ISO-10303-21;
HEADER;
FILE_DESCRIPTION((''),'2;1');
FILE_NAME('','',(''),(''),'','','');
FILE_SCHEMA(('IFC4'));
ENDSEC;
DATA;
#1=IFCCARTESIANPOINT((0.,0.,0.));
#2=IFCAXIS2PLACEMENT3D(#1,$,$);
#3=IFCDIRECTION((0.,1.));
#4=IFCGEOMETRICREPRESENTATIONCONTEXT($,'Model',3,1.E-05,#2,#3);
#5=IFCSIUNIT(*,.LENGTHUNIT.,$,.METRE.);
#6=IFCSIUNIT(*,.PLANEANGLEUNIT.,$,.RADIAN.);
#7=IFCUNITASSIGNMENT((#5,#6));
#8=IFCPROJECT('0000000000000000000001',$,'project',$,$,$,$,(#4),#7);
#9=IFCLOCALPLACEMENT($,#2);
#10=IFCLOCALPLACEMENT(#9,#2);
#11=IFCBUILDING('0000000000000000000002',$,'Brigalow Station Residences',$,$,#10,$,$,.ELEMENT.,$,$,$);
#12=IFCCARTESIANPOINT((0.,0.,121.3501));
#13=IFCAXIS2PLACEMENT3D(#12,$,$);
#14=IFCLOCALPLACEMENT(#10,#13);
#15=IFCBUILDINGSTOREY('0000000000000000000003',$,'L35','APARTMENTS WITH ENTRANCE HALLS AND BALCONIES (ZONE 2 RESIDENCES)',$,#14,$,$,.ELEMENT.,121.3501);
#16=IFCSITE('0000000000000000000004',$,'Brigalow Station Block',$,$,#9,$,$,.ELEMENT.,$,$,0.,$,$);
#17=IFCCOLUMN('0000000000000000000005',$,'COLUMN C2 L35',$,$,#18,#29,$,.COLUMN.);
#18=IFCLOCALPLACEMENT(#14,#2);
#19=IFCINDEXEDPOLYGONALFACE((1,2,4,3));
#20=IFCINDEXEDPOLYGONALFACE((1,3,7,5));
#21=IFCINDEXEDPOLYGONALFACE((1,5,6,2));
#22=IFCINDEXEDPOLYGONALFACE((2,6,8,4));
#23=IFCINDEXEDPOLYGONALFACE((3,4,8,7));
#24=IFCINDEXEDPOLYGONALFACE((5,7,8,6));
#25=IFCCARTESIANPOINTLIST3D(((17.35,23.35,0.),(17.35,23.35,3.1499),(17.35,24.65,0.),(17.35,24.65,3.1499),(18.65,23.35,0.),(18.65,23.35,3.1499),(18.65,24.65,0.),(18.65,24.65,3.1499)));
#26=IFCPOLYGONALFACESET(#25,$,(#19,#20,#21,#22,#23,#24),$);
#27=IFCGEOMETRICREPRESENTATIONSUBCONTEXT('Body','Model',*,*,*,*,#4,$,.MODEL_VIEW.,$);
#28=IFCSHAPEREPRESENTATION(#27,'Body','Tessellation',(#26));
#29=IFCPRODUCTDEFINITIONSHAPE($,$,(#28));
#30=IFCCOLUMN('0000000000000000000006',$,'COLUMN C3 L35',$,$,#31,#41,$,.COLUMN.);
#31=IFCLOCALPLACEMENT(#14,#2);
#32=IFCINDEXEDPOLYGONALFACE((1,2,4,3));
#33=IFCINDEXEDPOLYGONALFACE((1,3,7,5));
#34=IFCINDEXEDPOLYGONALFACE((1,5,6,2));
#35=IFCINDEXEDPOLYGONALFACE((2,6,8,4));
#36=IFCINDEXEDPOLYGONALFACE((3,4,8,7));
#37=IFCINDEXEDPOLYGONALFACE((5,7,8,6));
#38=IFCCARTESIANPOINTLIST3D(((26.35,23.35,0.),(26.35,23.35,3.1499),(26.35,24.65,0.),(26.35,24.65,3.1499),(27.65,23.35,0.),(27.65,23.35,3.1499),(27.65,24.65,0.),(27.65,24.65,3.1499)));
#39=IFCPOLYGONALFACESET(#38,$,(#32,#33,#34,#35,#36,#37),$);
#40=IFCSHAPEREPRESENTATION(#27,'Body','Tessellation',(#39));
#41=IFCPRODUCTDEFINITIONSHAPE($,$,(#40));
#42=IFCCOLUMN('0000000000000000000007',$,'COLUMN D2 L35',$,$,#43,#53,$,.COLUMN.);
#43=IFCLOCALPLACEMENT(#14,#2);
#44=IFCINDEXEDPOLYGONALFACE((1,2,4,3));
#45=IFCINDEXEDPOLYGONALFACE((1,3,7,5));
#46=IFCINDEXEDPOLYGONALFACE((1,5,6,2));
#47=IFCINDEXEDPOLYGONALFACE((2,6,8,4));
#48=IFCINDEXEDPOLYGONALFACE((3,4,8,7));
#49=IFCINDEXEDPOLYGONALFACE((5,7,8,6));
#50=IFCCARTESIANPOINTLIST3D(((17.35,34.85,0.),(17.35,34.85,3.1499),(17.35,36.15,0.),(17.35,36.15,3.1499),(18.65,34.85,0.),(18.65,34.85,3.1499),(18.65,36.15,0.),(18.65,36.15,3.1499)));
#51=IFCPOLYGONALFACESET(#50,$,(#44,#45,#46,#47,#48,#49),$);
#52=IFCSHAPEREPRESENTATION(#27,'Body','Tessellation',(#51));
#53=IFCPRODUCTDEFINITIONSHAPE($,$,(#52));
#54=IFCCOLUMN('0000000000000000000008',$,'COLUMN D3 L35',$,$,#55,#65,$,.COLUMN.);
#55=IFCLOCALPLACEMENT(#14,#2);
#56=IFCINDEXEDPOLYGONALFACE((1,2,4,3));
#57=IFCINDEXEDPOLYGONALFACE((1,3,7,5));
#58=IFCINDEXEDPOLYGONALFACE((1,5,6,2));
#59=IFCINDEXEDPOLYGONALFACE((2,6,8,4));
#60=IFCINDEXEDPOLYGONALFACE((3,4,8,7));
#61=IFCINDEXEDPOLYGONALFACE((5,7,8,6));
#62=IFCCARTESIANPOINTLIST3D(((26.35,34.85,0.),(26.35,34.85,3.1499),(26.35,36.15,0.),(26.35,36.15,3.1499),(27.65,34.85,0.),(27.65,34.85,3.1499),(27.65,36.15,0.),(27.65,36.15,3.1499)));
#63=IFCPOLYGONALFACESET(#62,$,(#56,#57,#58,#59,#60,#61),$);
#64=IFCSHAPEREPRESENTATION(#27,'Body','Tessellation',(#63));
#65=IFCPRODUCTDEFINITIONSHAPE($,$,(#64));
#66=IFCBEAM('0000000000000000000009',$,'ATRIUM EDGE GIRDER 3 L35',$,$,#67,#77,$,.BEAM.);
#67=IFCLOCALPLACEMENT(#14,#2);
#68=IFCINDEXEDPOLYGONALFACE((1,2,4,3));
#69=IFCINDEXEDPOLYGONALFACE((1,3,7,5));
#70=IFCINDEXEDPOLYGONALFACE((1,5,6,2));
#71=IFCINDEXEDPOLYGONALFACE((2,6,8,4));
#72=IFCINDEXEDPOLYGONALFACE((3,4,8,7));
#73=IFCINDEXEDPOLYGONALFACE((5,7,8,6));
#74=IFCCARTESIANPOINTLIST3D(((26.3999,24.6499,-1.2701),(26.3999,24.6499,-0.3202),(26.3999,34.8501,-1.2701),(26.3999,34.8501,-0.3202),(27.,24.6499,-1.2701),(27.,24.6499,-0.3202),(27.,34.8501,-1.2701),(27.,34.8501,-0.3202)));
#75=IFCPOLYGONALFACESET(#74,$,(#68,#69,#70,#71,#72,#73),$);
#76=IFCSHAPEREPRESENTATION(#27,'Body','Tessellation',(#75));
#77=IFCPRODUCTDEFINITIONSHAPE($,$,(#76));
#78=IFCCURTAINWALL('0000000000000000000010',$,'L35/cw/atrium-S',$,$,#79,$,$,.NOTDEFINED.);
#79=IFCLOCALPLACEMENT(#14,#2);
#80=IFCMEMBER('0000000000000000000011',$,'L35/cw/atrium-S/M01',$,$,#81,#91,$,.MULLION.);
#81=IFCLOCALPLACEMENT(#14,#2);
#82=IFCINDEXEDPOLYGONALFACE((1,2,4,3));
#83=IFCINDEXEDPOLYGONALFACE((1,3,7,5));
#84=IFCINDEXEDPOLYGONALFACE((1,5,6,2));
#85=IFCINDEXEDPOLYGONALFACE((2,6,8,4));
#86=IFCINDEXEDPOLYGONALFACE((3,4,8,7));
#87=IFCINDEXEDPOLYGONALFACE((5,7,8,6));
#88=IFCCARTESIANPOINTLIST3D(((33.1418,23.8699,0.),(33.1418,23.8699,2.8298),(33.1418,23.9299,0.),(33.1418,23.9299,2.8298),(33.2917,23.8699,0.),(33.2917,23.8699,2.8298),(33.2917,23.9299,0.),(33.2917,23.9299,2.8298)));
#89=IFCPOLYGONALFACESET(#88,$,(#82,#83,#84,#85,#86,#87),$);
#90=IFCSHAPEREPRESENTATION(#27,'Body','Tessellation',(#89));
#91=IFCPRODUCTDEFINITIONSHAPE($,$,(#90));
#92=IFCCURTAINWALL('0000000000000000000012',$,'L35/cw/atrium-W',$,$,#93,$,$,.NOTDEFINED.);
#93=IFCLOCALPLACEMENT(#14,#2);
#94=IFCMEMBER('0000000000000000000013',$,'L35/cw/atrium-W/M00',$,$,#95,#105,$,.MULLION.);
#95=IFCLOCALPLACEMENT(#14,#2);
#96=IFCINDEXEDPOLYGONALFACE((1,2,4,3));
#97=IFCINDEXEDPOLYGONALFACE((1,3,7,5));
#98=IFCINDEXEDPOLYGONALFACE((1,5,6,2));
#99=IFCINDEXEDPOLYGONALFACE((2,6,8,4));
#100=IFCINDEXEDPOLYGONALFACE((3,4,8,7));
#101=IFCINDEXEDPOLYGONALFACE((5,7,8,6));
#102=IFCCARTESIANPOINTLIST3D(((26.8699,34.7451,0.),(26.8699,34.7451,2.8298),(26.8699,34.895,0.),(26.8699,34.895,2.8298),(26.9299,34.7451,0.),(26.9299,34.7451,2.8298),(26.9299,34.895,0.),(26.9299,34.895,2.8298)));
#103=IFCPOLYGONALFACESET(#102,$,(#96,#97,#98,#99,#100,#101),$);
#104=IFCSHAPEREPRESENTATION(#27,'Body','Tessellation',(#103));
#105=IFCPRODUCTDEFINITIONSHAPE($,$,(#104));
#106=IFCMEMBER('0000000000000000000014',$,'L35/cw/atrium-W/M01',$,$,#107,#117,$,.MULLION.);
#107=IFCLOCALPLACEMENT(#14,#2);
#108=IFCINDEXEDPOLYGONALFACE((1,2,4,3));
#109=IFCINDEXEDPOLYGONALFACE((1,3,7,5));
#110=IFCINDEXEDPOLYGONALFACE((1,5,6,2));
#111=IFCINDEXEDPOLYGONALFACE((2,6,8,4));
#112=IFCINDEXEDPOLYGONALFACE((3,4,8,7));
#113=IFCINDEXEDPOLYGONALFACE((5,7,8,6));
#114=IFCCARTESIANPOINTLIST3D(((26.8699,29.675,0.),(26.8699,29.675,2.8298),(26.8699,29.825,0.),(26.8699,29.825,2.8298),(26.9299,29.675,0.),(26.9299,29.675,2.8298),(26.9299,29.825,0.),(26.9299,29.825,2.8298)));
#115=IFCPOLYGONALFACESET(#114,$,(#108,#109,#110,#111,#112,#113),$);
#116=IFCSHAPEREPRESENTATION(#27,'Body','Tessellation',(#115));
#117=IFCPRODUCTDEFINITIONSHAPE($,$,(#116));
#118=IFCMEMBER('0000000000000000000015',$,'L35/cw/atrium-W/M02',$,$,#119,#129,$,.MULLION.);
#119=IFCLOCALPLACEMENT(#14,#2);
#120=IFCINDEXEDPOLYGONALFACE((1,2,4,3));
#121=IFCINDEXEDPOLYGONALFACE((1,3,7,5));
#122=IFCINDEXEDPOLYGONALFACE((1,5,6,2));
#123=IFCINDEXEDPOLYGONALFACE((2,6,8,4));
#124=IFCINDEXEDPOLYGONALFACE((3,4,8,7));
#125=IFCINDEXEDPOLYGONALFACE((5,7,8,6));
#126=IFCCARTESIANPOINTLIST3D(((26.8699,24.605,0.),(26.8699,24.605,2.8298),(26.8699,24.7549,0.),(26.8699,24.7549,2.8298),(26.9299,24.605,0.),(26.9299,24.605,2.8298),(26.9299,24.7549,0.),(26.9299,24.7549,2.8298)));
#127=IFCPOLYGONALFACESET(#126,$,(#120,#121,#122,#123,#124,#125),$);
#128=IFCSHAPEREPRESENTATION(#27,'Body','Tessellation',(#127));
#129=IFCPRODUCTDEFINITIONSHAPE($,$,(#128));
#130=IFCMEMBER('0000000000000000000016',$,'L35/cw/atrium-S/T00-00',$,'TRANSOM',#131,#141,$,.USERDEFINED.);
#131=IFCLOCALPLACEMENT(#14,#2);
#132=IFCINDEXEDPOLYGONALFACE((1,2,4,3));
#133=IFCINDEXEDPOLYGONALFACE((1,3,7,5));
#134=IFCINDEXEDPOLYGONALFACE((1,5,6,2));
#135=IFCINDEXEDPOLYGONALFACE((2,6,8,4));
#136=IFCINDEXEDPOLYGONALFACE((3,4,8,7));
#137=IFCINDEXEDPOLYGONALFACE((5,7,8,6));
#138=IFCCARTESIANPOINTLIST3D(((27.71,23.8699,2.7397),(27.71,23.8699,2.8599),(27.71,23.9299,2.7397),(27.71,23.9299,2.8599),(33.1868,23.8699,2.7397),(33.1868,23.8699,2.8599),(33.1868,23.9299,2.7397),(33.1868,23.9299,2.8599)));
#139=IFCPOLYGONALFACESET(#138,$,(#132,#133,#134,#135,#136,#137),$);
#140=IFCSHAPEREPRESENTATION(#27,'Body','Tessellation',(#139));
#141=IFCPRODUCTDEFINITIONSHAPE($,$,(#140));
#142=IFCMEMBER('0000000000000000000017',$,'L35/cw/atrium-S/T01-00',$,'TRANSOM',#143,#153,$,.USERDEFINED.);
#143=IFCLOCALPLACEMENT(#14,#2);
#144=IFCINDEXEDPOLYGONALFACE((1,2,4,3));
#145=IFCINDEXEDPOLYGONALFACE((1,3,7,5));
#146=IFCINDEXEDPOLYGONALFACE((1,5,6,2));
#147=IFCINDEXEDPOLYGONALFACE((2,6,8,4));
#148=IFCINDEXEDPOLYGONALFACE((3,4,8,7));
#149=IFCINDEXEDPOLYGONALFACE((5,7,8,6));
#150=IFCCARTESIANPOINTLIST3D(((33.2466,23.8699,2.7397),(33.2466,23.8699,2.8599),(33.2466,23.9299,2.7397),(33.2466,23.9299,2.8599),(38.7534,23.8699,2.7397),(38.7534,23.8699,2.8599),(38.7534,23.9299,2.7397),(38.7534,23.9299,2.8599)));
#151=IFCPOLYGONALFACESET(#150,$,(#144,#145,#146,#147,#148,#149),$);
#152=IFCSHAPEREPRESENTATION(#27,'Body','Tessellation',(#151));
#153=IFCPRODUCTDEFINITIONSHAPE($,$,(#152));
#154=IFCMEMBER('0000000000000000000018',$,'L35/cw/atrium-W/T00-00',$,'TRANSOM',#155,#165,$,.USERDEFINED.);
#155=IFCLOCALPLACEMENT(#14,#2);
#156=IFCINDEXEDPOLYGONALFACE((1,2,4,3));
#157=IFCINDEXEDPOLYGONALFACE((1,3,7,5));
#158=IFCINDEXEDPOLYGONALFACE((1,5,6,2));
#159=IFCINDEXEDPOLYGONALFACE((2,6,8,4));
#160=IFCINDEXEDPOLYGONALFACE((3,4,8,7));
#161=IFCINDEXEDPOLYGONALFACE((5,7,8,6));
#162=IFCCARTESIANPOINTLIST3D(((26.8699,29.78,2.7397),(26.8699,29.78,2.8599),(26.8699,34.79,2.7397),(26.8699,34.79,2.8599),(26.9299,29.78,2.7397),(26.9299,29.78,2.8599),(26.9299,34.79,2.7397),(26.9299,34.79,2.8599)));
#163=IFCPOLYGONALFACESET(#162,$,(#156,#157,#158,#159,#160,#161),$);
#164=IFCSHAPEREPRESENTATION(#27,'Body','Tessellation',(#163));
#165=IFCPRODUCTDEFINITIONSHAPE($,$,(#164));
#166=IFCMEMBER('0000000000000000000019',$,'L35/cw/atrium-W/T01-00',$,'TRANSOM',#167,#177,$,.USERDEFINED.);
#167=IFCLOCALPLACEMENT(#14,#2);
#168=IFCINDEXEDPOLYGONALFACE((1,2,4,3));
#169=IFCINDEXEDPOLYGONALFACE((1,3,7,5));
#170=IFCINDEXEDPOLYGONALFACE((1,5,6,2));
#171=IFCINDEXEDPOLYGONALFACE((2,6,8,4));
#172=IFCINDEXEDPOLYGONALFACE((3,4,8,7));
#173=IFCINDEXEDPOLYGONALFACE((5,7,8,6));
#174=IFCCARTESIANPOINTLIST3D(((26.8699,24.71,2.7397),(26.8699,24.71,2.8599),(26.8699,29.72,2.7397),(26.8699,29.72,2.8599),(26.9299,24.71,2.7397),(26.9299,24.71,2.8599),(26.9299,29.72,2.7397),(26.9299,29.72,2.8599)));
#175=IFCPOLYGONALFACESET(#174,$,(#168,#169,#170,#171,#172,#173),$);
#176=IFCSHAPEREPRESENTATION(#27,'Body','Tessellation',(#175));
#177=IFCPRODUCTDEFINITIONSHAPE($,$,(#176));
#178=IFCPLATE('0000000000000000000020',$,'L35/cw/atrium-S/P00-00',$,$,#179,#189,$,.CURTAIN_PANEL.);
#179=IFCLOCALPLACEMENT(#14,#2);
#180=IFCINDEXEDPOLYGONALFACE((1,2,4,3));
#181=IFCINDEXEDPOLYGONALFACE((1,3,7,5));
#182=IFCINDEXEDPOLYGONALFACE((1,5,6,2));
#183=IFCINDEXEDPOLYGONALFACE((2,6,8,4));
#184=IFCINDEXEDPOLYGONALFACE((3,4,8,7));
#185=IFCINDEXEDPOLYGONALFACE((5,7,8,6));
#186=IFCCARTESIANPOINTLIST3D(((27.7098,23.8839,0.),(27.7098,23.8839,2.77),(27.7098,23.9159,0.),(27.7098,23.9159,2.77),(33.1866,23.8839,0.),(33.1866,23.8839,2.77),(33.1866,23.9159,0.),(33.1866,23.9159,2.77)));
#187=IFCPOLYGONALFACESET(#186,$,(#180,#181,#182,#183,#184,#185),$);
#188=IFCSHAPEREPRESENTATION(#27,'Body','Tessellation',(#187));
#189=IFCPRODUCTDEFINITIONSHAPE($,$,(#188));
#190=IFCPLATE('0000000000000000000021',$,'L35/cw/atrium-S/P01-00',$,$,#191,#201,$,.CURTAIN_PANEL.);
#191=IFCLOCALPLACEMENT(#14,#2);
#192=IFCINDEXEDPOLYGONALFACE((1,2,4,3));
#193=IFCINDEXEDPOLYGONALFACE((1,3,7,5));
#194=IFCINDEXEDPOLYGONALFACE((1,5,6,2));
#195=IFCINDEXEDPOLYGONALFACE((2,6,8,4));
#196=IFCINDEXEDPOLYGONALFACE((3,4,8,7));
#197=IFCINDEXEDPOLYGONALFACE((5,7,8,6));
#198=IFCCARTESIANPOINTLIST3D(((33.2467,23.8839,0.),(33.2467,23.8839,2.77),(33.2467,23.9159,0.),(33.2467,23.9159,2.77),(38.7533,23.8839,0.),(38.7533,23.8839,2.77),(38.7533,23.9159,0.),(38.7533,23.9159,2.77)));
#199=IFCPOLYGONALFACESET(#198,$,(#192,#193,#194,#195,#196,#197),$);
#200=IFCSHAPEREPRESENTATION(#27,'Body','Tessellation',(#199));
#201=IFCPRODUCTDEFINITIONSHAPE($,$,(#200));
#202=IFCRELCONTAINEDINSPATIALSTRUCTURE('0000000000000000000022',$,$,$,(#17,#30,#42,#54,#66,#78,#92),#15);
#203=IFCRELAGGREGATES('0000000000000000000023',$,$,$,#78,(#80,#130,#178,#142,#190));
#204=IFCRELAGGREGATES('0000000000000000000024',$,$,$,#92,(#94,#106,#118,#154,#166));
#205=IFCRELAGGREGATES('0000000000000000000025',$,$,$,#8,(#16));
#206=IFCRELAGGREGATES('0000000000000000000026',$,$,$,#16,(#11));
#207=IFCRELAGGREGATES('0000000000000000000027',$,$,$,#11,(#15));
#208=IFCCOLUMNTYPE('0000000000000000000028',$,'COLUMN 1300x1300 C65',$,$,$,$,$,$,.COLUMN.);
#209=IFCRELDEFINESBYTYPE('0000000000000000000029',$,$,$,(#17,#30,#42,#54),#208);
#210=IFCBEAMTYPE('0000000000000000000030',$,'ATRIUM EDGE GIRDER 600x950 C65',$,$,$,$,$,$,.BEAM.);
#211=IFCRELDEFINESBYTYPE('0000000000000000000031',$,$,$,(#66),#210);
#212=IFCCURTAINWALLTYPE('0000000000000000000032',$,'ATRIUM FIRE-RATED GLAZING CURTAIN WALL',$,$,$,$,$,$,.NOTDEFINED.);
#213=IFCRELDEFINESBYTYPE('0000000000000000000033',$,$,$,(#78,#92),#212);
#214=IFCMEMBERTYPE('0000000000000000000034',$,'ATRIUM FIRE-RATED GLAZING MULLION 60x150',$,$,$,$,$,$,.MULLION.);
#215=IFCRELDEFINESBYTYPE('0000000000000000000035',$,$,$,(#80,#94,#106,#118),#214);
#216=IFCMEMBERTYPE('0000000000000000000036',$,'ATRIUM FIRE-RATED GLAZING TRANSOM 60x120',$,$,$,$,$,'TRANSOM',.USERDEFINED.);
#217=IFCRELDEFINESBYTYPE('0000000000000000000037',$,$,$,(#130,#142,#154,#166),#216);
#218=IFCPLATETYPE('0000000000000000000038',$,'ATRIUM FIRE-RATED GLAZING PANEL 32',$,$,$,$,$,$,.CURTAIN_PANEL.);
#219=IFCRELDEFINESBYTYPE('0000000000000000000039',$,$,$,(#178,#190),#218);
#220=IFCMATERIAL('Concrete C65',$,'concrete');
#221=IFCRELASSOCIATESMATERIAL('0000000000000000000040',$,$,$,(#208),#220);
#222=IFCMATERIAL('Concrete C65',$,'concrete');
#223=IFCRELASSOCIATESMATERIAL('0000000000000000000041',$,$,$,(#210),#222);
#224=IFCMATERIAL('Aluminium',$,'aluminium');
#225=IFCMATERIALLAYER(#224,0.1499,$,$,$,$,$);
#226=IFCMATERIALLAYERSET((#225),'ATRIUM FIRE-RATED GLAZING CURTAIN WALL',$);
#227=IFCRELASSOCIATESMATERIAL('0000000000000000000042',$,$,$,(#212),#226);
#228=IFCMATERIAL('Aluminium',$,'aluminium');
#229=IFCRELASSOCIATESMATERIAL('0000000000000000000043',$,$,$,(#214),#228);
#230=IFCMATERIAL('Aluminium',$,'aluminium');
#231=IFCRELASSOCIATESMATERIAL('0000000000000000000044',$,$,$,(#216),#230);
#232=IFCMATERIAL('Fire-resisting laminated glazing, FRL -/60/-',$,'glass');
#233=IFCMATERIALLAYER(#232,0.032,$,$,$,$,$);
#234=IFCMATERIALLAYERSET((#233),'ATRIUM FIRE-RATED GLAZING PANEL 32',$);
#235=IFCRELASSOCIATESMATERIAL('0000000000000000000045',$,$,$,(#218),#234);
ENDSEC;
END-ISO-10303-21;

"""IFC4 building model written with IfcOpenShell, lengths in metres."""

from ifc_helpers import new_model, si_unit, direction, frame, origin, origin_2d, place, context, subcontext, project, spatial, rectangle, extrude, material, layer, layer_set, material_profile, profile_set, type_object, element, aggregate, save


model = new_model("IFC4")

# Units and contexts
model_context = context("Model", 3, precision=1e-05, world=origin(), true_north=direction((0.0, 1.0)))
body_context = subcontext(model_context, "Body", "Model", "MODEL_VIEW")
ifc_project = project(units=[si_unit("LENGTHUNIT", "METRE"), si_unit("PLANEANGLEUNIT", "RADIAN")], contexts=[model_context])

# Site, building, storey
site_placement = place(None, origin())
site = spatial("IfcSite", under=ifc_project, at=site_placement, Name="Brigalow Station Block", CompositionType="ELEMENT", RefElevation=0.0)
building_placement = place(site_placement, origin())
building = spatial("IfcBuilding", under=site, at=building_placement, Name="Brigalow Station Residences", CompositionType="ELEMENT")
storey_placement = place(building_placement, frame((0.0, 0.0, 121.3501)))
storey = spatial("IfcBuildingStorey", under=building, at=storey_placement, Name="L35", Description="APARTMENTS WITH ENTRANCE HALLS AND BALCONIES (ZONE 2 RESIDENCES)", CompositionType="ELEMENT", Elevation=121.3501)

# Columns
ifc_material_1 = material(Name="Concrete C65", Category="concrete")
ifc_material_profile_1 = material_profile(ifc_material_1, rectangle(XDim=1.3, YDim=1.3, at=origin_2d()), Name="RC1300x1300")
ifc_profile_set_1 = profile_set([ifc_material_profile_1], Name="Concrete C65")
column_type = type_object("IfcColumnType", Name="COLUMN 1300x1300 C65", PredefinedType="COLUMN", material=ifc_profile_set_1)
for number, where, z_axis, x_axis, name in (
    (1, (18.0, 24.0, 0.0), (0.0, 0.0, 1.0), (1.0, 0.0, 0.0), "COLUMN C2 L35"),
    (2, (27.0, 24.0, 0.0), (0.0, 0.0, 1.0), (1.0, 0.0, 0.0), "COLUMN C3 L35"),
    (3, (18.0, 35.5, 0.0), (0.0, 0.0, 1.0), (1.0, 0.0, 0.0), "COLUMN D2 L35"),
    (4, (27.0, 35.5, 0.0), (0.0, 0.0, 1.0), (1.0, 0.0, 0.0), "COLUMN D3 L35"),
):
    element("IfcColumn", number, at=place(storey_placement, frame(where, z_axis=z_axis, x_axis=x_axis)), inside=storey, type_object=column_type, Name=name, PredefinedType="COLUMN", context=body_context, shape_type="SweptSolid", body=[
        extrude(rectangle(XDim=1.3, YDim=1.3, at=origin_2d()), origin(), (0.0, 0.0, 1.0), 3.1499),
    ])

# Beam
ifc_material_2 = material(Name="Concrete C65", Category="concrete")
ifc_material_profile_2 = material_profile(ifc_material_2, rectangle(XDim=0.6001, YDim=0.95, at=origin_2d()), Name="RC600x950")
ifc_profile_set_2 = profile_set([ifc_material_profile_2], Name="Concrete C65")
beam_type = type_object("IfcBeamType", Name="ATRIUM EDGE GIRDER 600x950 C65", PredefinedType="BEAM", material=ifc_profile_set_2)
beam_placement = place(storey_placement, frame((26.7, 24.6499, -0.7952), z_axis=(0.0, 1.0, 0.0), x_axis=(-1.0, 0.0, 0.0)))
element("IfcBeam", 5, at=beam_placement, inside=storey, type_object=beam_type, Name="ATRIUM EDGE GIRDER 3 L35", PredefinedType="BEAM", context=body_context, shape_type="SweptSolid", body=[
    extrude(rectangle(XDim=0.6001, YDim=0.95, at=origin_2d()), origin(), (0.0, 0.0, 1.0), 10.2002),
])

# Curtain wall, member
ifc_material_3 = material(Name="Aluminium", Category="aluminium")
ifc_layer_1 = layer(ifc_material_3, 0.1499)
ifc_layer_set_1 = layer_set([ifc_layer_1], Name="ATRIUM FIRE-RATED GLAZING CURTAIN WALL")
curtain_wall_type = type_object("IfcCurtainWallType", Name="ATRIUM FIRE-RATED GLAZING CURTAIN WALL", PredefinedType="NOTDEFINED", material=ifc_layer_set_1)
curtain_wall_1_placement = place(storey_placement, origin())
curtain_wall_1 = element("IfcCurtainWall", 6, at=curtain_wall_1_placement, inside=storey, type_object=curtain_wall_type, Name="L35/cw/atrium-S", PredefinedType="NOTDEFINED")
ifc_material_4 = material(Name="Aluminium", Category="aluminium")
ifc_material_profile_3 = material_profile(ifc_material_4, rectangle(XDim=0.0601, YDim=0.1499, at=origin_2d()), Name="ATRIUM FIRE-RATED GLAZING MULLION 60x150")
ifc_profile_set_3 = profile_set([ifc_material_profile_3], Name="Aluminium")
member_type_1 = type_object("IfcMemberType", Name="ATRIUM FIRE-RATED GLAZING MULLION 60x150", PredefinedType="MULLION", material=ifc_profile_set_3)
member_1_placement = place(storey_placement, frame((33.2168, 23.8999, 0.0), z_axis=(0.0, 0.0, 1.0), x_axis=(0.0, 1.0, 0.0)))
member_1 = element("IfcMember", 7, at=member_1_placement, type_object=member_type_1, Name="L35/cw/atrium-S/M01", PredefinedType="MULLION", context=body_context, shape_type="SweptSolid", body=[
    extrude(rectangle(XDim=0.0601, YDim=0.1499, at=origin_2d()), origin(), (0.0, 0.0, 1.0), 2.8298),
])

# Curtain wall, members
curtain_wall_2_placement = place(storey_placement, origin())
curtain_wall_2 = element("IfcCurtainWall", 8, at=curtain_wall_2_placement, inside=storey, type_object=curtain_wall_type, Name="L35/cw/atrium-W", PredefinedType="NOTDEFINED")
member_2_placement = place(storey_placement, frame((26.8999, 34.8201, 0.0), z_axis=(0.0, 0.0, 1.0), x_axis=(1.0, 0.0, 0.0)))
member_2 = element("IfcMember", 9, at=member_2_placement, type_object=member_type_1, Name="L35/cw/atrium-W/M00", PredefinedType="MULLION", context=body_context, shape_type="SweptSolid", body=[
    extrude(rectangle(XDim=0.0601, YDim=0.1499, at=origin_2d()), origin(), (0.0, 0.0, 1.0), 2.8298),
])
member_3_placement = place(storey_placement, frame((26.8999, 29.75, 0.0), z_axis=(0.0, 0.0, 1.0), x_axis=(1.0, 0.0, 0.0)))
member_3 = element("IfcMember", 10, at=member_3_placement, type_object=member_type_1, Name="L35/cw/atrium-W/M01", PredefinedType="MULLION", context=body_context, shape_type="SweptSolid", body=[
    extrude(rectangle(XDim=0.0601, YDim=0.1499, at=origin_2d()), origin(), (0.0, 0.0, 1.0), 2.8298),
])
member_4_placement = place(storey_placement, frame((26.8999, 24.6799, 0.0), z_axis=(0.0, 0.0, 1.0), x_axis=(1.0, 0.0, 0.0)))
member_4 = element("IfcMember", 11, at=member_4_placement, type_object=member_type_1, Name="L35/cw/atrium-W/M02", PredefinedType="MULLION", context=body_context, shape_type="SweptSolid", body=[
    extrude(rectangle(XDim=0.0601, YDim=0.1499, at=origin_2d()), origin(), (0.0, 0.0, 1.0), 2.8298),
])

# Members
ifc_material_5 = material(Name="Aluminium", Category="aluminium")
ifc_material_profile_4 = material_profile(ifc_material_5, rectangle(XDim=0.0601, YDim=0.1201, at=origin_2d()), Name="ATRIUM FIRE-RATED GLAZING TRANSOM 60x120")
ifc_profile_set_4 = profile_set([ifc_material_profile_4], Name="Aluminium")
member_type_2 = type_object("IfcMemberType", Name="ATRIUM FIRE-RATED GLAZING TRANSOM 60x120", ElementType="TRANSOM", PredefinedType="USERDEFINED", material=ifc_profile_set_4)
member_5_placement = place(storey_placement, frame((27.71, 23.8999, 2.7998), z_axis=(1.0, 0.0, 0.0), x_axis=(0.0, 1.0, 0.0)))
member_5 = element("IfcMember", 12, at=member_5_placement, type_object=member_type_2, Name="L35/cw/atrium-S/T00-00", ObjectType="TRANSOM", PredefinedType="USERDEFINED", context=body_context, shape_type="SweptSolid", body=[
    extrude(rectangle(XDim=0.0601, YDim=0.1201, at=origin_2d()), origin(), (0.0, 0.0, 1.0), 5.4768),
])
member_6_placement = place(storey_placement, frame((33.2466, 23.8999, 2.7998), z_axis=(1.0, 0.0, 0.0), x_axis=(0.0, 1.0, 0.0)))
member_6 = element("IfcMember", 13, at=member_6_placement, type_object=member_type_2, Name="L35/cw/atrium-S/T01-00", ObjectType="TRANSOM", PredefinedType="USERDEFINED", context=body_context, shape_type="SweptSolid", body=[
    extrude(rectangle(XDim=0.0601, YDim=0.1201, at=origin_2d()), origin(), (0.0, 0.0, 1.0), 5.5068),
])
member_7_placement = place(storey_placement, frame((26.8999, 34.79, 2.7998), z_axis=(0.0, -1.0, 0.0), x_axis=(1.0, 0.0, 0.0)))
member_7 = element("IfcMember", 14, at=member_7_placement, type_object=member_type_2, Name="L35/cw/atrium-W/T00-00", ObjectType="TRANSOM", PredefinedType="USERDEFINED", context=body_context, shape_type="SweptSolid", body=[
    extrude(rectangle(XDim=0.0601, YDim=0.1201, at=origin_2d()), origin(), (0.0, 0.0, 1.0), 5.01),
])
member_8_placement = place(storey_placement, frame((26.8999, 29.72, 2.7998), z_axis=(0.0, -1.0, 0.0), x_axis=(1.0, 0.0, 0.0)))
member_8 = element("IfcMember", 15, at=member_8_placement, type_object=member_type_2, Name="L35/cw/atrium-W/T01-00", ObjectType="TRANSOM", PredefinedType="USERDEFINED", context=body_context, shape_type="SweptSolid", body=[
    extrude(rectangle(XDim=0.0601, YDim=0.1201, at=origin_2d()), origin(), (0.0, 0.0, 1.0), 5.01),
])

# Plates
ifc_material_6 = material(Name="Fire-resisting laminated glazing, FRL -/60/-", Category="glass")
ifc_layer_2 = layer(ifc_material_6, 0.032)
ifc_layer_set_2 = layer_set([ifc_layer_2], Name="ATRIUM FIRE-RATED GLAZING PANEL 32")
plate_type = type_object("IfcPlateType", Name="ATRIUM FIRE-RATED GLAZING PANEL 32", PredefinedType="CURTAIN_PANEL", material=ifc_layer_set_2)
plate_1_placement = place(storey_placement, frame((30.4482, 23.8999, 0.0), z_axis=(0.0, 0.0, 1.0), x_axis=(1.0, 0.0, 0.0)))
plate_1 = element("IfcPlate", 16, at=plate_1_placement, type_object=plate_type, Name="L35/cw/atrium-S/P00-00", PredefinedType="CURTAIN_PANEL", context=body_context, shape_type="SweptSolid", body=[
    extrude(rectangle(XDim=5.4768, YDim=0.032, at=origin_2d()), origin(), (0.0, 0.0, 1.0), 2.77),
])
plate_2_placement = place(storey_placement, frame((36.0, 23.8999, 0.0), z_axis=(0.0, 0.0, 1.0), x_axis=(1.0, 0.0, 0.0)))
plate_2 = element("IfcPlate", 17, at=plate_2_placement, type_object=plate_type, Name="L35/cw/atrium-S/P01-00", PredefinedType="CURTAIN_PANEL", context=body_context, shape_type="SweptSolid", body=[
    extrude(rectangle(XDim=5.5066, YDim=0.032, at=origin_2d()), origin(), (0.0, 0.0, 1.0), 2.77),
])
aggregate(curtain_wall_1, [member_1, member_5, plate_1, member_6, plate_2])
aggregate(curtain_wall_2, [member_2, member_3, member_4, member_7, member_8])

save(model, "model.ifc")
